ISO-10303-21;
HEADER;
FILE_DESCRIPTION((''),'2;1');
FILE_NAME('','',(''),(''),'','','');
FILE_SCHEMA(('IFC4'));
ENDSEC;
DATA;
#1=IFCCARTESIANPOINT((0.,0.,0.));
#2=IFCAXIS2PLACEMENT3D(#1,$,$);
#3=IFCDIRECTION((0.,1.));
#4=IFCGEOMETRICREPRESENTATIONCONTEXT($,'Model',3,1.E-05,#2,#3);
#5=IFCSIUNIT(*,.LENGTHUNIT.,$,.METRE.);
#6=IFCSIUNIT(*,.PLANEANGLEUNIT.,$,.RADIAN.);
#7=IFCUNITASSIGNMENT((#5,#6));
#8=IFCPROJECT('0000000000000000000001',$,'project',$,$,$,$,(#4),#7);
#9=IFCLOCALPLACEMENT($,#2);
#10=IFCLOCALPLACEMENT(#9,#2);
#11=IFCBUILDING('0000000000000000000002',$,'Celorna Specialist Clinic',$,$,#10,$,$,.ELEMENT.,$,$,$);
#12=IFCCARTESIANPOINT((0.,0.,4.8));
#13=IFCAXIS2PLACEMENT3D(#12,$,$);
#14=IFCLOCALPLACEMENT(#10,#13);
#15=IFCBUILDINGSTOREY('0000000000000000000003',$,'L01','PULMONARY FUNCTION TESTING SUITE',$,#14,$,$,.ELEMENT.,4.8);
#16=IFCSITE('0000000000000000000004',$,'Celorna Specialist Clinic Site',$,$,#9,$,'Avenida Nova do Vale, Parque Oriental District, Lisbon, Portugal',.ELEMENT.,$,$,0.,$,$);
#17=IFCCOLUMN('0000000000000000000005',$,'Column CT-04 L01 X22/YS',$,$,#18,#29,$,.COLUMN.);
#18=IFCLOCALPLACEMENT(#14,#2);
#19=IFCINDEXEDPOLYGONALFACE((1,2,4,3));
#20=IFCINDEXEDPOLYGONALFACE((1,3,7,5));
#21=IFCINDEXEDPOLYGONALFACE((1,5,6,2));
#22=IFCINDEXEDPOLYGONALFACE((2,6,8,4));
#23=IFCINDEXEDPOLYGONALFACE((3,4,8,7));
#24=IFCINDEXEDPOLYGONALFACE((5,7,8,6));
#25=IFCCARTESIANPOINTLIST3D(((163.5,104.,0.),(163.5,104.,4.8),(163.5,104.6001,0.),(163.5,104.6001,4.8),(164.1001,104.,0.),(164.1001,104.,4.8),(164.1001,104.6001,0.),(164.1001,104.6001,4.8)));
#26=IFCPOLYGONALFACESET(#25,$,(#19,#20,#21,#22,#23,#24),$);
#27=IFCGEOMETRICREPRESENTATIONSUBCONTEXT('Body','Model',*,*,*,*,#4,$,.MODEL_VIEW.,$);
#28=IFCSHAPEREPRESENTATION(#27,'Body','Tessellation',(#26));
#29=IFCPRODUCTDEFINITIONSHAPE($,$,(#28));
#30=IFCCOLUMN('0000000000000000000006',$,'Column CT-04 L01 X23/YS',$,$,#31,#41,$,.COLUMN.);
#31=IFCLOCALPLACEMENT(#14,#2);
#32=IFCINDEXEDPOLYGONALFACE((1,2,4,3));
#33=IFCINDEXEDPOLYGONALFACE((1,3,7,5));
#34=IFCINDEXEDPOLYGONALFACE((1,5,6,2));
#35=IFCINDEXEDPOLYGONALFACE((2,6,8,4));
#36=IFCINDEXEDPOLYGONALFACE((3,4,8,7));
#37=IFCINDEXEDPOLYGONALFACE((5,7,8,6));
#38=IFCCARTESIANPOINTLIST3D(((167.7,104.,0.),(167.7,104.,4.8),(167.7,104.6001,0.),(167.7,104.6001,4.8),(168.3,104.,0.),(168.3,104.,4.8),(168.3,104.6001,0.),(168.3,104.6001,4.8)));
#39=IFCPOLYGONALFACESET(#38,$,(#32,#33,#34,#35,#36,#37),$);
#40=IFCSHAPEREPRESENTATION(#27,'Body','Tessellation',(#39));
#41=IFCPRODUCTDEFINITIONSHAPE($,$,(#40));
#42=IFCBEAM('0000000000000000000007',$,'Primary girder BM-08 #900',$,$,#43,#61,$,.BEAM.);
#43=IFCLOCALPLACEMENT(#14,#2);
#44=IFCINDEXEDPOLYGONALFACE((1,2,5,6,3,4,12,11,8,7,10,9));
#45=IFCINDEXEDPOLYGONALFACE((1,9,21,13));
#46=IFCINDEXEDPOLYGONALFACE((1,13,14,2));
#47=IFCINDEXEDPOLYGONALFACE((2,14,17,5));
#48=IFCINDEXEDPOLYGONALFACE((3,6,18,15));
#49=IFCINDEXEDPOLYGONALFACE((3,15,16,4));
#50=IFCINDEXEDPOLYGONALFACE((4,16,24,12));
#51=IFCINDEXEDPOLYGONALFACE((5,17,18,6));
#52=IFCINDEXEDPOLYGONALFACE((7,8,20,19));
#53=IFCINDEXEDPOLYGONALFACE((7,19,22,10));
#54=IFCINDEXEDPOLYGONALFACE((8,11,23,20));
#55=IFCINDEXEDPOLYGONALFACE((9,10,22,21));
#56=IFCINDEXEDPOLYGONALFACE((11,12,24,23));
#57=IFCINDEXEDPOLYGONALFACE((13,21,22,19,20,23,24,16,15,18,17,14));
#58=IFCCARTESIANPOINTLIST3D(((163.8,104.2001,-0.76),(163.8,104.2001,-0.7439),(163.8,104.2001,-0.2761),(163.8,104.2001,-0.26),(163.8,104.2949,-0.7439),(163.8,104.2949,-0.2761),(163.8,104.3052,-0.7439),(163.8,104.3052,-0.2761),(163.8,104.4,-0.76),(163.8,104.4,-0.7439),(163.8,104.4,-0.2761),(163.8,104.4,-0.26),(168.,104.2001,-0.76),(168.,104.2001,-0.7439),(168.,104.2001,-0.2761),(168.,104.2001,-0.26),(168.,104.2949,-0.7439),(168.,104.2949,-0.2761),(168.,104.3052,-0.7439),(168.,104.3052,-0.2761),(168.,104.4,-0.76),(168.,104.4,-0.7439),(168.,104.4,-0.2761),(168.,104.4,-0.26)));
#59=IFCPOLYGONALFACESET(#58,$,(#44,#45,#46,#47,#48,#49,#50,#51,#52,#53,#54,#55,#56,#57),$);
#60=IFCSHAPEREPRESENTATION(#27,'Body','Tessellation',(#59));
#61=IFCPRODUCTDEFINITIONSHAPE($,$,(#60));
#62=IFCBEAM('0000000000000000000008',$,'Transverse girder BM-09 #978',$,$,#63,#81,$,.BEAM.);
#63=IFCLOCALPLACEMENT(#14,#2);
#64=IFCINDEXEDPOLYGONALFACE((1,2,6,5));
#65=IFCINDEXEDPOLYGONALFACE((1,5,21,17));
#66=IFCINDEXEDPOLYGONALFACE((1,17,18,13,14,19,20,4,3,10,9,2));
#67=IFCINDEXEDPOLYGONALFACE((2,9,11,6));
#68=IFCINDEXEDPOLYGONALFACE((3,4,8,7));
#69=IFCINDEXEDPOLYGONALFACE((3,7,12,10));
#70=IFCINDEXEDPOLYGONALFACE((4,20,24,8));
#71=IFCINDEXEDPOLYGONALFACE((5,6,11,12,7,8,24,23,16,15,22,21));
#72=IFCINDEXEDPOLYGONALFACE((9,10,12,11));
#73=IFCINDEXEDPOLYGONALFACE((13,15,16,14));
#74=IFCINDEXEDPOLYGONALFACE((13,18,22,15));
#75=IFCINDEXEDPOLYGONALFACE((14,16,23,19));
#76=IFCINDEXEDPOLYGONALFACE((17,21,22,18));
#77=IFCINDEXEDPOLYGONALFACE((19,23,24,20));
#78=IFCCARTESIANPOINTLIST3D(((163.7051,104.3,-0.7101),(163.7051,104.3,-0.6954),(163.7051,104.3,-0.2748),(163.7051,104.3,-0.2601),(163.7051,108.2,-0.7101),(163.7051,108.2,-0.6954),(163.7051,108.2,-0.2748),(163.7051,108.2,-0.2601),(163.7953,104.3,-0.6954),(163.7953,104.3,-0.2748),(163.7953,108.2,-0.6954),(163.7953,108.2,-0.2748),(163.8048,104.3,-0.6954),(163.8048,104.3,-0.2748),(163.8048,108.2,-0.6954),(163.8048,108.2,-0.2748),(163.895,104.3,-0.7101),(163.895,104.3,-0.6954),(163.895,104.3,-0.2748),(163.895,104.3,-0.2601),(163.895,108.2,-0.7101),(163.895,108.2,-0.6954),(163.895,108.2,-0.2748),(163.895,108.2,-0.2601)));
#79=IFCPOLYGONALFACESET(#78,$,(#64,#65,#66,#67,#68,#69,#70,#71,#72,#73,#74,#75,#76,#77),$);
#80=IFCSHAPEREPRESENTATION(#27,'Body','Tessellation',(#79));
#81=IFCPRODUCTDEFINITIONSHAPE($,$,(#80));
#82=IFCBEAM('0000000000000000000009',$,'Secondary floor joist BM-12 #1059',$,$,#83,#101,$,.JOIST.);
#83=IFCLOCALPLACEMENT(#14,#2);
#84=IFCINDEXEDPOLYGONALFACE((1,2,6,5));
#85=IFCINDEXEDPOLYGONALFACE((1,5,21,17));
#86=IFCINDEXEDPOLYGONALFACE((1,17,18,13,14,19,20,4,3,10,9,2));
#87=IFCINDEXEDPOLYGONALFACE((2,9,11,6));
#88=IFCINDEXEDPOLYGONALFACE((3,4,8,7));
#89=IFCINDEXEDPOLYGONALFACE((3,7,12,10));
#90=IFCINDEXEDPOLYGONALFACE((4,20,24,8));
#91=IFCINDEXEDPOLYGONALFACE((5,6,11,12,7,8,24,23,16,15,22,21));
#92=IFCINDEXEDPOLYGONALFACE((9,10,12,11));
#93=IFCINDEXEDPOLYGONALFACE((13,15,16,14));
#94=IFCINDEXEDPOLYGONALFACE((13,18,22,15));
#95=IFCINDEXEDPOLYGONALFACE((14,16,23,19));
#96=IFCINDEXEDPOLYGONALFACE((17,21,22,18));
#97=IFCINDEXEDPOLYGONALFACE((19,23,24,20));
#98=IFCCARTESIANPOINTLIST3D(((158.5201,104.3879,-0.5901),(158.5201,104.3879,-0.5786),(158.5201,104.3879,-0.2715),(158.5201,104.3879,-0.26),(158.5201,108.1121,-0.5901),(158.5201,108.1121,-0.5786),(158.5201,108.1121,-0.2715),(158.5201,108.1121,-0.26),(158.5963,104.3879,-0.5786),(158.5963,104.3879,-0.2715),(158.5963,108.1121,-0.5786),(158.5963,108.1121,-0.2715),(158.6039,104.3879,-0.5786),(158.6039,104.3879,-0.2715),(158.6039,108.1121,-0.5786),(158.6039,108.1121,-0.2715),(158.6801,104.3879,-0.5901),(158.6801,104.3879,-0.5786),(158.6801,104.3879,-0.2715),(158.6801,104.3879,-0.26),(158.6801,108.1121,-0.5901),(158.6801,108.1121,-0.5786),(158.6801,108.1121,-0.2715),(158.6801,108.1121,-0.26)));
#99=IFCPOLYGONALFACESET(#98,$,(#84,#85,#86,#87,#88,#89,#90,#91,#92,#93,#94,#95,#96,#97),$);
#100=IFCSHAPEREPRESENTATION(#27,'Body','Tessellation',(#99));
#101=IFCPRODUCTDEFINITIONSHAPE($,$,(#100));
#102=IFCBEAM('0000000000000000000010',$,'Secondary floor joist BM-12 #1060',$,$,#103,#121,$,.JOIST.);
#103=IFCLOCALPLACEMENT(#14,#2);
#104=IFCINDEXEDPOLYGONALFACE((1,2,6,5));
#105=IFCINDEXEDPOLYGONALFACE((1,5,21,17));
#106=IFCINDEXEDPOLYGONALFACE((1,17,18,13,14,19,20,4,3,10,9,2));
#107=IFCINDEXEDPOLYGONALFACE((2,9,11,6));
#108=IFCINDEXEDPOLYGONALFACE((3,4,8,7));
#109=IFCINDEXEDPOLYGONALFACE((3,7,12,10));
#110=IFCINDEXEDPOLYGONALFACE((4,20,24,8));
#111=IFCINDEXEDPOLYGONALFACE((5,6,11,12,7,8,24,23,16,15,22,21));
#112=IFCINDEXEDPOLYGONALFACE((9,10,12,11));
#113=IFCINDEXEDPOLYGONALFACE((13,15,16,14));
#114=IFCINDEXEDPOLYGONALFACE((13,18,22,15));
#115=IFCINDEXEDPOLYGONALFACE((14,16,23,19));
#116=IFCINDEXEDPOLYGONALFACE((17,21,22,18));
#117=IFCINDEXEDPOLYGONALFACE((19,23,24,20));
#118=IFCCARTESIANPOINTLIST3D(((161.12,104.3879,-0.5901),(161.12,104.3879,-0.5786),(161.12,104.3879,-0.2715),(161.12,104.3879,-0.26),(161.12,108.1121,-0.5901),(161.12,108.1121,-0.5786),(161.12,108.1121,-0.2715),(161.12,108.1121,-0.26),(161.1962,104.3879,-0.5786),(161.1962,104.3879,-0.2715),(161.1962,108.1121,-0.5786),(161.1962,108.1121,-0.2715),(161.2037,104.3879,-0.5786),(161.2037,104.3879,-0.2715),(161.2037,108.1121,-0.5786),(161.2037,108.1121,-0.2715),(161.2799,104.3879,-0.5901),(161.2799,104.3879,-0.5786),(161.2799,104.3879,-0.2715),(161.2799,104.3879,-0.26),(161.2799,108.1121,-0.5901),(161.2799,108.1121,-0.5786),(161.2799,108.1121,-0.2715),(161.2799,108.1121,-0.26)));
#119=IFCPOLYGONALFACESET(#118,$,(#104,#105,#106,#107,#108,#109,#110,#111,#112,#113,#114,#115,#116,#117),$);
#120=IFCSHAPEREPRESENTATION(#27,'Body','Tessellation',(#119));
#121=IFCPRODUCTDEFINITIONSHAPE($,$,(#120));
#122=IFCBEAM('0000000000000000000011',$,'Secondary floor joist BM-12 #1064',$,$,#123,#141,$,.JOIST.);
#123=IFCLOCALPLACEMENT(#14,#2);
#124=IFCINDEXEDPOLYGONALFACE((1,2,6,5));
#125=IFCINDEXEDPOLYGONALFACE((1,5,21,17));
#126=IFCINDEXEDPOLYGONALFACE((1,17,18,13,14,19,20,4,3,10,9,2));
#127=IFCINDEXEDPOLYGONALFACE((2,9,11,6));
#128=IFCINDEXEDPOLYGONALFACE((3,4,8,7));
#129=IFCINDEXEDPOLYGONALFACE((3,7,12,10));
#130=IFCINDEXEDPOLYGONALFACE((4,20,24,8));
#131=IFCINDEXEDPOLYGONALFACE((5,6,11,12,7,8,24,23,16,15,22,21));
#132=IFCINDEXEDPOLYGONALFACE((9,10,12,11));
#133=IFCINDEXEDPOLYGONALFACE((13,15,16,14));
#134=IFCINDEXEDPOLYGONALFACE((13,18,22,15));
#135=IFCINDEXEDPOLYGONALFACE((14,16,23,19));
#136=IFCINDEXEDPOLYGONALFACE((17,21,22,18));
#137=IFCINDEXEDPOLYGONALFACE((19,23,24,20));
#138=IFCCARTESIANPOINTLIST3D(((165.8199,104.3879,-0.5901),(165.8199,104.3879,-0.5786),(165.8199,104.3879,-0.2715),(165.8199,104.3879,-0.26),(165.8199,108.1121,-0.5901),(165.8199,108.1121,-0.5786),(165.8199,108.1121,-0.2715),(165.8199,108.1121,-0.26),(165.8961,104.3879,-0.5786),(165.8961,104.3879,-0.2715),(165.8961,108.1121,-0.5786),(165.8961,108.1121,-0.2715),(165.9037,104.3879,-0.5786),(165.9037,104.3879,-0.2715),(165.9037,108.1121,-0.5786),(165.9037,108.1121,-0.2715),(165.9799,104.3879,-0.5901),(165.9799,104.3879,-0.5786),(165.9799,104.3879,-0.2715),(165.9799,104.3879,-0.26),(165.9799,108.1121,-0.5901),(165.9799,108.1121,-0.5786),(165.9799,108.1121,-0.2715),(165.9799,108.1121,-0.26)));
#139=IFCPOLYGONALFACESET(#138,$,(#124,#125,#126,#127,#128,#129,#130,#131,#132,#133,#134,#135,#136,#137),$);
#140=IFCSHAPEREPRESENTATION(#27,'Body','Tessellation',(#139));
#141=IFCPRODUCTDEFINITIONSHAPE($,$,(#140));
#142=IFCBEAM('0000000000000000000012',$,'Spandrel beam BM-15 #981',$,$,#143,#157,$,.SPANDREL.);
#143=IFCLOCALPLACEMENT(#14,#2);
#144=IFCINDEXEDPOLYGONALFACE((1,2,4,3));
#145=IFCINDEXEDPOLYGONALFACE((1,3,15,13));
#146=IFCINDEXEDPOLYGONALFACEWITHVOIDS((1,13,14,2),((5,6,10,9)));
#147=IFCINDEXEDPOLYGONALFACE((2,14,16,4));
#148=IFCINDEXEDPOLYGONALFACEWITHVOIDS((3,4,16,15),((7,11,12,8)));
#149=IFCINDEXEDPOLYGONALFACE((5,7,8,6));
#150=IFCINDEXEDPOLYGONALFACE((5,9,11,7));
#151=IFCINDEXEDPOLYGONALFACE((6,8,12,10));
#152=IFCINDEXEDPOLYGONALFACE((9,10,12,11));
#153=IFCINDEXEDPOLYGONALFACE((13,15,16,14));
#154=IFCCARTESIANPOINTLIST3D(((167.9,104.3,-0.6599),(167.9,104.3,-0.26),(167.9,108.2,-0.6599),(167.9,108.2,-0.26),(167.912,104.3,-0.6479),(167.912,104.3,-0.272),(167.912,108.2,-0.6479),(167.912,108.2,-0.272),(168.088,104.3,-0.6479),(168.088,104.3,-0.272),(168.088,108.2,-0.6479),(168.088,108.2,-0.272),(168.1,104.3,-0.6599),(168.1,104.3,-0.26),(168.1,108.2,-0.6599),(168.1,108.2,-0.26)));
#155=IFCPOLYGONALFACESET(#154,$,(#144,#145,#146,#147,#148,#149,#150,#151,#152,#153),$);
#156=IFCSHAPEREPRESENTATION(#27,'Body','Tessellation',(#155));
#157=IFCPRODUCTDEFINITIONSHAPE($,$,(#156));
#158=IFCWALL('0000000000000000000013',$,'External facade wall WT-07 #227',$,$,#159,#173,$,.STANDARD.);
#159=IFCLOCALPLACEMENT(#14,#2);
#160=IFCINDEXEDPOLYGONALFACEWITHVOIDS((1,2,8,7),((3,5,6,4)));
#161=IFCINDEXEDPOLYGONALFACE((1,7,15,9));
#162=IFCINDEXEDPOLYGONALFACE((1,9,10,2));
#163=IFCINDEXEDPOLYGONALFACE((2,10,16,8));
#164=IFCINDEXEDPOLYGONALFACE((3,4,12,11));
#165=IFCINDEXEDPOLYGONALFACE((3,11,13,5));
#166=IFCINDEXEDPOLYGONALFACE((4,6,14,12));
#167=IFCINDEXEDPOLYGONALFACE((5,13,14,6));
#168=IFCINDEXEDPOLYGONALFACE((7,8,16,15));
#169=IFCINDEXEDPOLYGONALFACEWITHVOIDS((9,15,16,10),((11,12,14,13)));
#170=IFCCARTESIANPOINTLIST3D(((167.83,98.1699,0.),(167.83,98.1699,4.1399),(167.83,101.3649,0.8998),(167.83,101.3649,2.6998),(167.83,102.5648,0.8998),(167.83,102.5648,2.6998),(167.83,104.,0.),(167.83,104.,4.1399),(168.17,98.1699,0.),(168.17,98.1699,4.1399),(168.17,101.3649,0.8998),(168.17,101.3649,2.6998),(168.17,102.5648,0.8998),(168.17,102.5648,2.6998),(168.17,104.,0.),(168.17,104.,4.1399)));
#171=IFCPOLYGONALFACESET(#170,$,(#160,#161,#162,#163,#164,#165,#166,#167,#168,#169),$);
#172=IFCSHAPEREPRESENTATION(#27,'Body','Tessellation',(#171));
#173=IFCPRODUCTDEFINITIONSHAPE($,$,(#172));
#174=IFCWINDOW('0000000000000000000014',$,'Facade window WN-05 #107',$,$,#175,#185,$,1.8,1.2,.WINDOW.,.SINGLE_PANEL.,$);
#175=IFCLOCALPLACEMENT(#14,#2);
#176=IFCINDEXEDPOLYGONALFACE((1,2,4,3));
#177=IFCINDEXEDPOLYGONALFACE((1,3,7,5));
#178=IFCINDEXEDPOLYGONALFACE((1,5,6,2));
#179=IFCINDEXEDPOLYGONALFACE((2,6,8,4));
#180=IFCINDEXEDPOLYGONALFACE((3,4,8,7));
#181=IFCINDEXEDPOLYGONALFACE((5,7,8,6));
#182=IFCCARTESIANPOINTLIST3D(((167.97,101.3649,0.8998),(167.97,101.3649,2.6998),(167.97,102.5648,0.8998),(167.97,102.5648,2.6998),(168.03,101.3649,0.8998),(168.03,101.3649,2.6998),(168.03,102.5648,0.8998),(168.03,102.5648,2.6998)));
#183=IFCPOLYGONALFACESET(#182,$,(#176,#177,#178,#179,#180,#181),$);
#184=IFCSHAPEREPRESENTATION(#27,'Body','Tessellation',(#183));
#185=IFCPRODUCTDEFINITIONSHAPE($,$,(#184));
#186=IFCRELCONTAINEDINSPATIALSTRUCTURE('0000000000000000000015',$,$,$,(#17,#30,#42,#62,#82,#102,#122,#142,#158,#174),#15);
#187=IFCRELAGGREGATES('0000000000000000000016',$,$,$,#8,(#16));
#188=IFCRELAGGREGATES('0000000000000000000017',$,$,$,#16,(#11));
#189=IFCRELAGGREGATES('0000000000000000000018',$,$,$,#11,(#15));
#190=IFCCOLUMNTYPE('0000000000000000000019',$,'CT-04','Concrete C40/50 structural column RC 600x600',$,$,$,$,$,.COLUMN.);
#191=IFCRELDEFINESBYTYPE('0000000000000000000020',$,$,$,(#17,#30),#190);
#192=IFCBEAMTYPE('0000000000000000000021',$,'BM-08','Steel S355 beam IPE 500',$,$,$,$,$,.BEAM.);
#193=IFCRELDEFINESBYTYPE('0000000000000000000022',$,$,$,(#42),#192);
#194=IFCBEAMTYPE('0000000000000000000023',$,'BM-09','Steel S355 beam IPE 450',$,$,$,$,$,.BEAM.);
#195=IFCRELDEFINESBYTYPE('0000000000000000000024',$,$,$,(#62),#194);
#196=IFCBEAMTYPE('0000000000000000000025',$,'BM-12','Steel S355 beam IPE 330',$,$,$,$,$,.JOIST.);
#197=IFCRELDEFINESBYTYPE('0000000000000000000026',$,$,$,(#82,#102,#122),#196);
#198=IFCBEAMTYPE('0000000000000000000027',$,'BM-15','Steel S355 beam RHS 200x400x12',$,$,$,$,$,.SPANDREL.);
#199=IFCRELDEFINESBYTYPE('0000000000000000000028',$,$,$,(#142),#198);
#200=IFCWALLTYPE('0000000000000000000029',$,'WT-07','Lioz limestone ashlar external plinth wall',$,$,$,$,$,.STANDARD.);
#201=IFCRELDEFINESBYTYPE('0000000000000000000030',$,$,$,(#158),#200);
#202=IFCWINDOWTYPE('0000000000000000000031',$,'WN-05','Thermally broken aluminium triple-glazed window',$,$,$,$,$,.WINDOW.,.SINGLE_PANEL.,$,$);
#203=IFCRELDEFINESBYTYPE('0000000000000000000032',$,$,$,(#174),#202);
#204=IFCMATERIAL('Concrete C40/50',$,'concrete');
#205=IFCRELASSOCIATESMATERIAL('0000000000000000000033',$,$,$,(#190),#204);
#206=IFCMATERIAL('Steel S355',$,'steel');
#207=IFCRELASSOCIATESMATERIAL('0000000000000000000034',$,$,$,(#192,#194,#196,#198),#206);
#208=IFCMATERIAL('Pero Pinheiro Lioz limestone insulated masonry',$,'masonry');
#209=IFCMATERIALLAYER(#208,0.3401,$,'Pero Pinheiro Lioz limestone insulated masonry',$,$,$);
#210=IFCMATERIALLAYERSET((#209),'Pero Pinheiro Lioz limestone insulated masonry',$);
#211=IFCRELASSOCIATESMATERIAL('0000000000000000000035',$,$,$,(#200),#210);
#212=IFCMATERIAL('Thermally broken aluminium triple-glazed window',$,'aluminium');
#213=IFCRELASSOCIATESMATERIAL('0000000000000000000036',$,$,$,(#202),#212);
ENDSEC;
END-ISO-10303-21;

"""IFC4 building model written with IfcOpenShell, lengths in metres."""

from ifc_helpers import new_model, si_unit, direction, frame, frame_2d, origin, origin_2d, place, context, subcontext, project, spatial, rectangle, hollow_rectangle, i_section, extrude, material, layer, layer_set, material_profile, profile_set, type_object, element, fill, save


model = new_model("IFC4")

# Units and contexts
model_context = context("Model", 3, precision=1e-05, world=origin(), true_north=direction((0.0, 1.0)))
body_context = subcontext(model_context, "Body", "Model", "MODEL_VIEW")
ifc_project = project(units=[si_unit("LENGTHUNIT", "METRE"), si_unit("PLANEANGLEUNIT", "RADIAN")], contexts=[model_context])

# Site, building, storey
site_placement = place(None, origin())
site = spatial("IfcSite", under=ifc_project, at=site_placement, Name="Celorna Specialist Clinic Site", LongName="Avenida Nova do Vale, Parque Oriental District, Lisbon, Portugal", CompositionType="ELEMENT", RefElevation=0.0)
building_placement = place(site_placement, origin())
building = spatial("IfcBuilding", under=site, at=building_placement, Name="Celorna Specialist Clinic", CompositionType="ELEMENT")
storey_placement = place(building_placement, frame((0.0, 0.0, 4.8)))
storey = spatial("IfcBuildingStorey", under=building, at=storey_placement, Name="L01", Description="PULMONARY FUNCTION TESTING SUITE", CompositionType="ELEMENT", Elevation=4.8)

# Columns
ifc_material_1 = material(Name="Concrete C40/50", Category="concrete")
ifc_material_profile_1 = material_profile(ifc_material_1, rectangle(XDim=0.6001, YDim=0.6001, at=origin_2d()), Name="RC 600x600")
ifc_profile_set_1 = profile_set([ifc_material_profile_1], Name="Concrete C40/50")
column_type = type_object("IfcColumnType", Name="CT-04", Description="Concrete C40/50 structural column RC 600x600", PredefinedType="COLUMN", material=ifc_profile_set_1)
for number, where, z_axis, x_axis, name in (
    (1, (163.8, 104.3, 0.0), (0.0, 0.0, 1.0), (1.0, 0.0, 0.0), "Column CT-04 L01 X22/YS"),
    (2, (168.0, 104.3, 0.0), (0.0, 0.0, 1.0), (1.0, 0.0, 0.0), "Column CT-04 L01 X23/YS"),
):
    element("IfcColumn", number, at=place(storey_placement, frame(where, z_axis=z_axis, x_axis=x_axis)), inside=storey, type_object=column_type, Name=name, PredefinedType="COLUMN", context=body_context, shape_type="SweptSolid", body=[
        extrude(rectangle(XDim=0.6001, YDim=0.6001, at=origin_2d()), origin(), (0.0, 0.0, 1.0), 4.8),
    ])

# Beams
ifc_material_2 = material(Name="Steel S355", Category="steel")
ifc_material_profile_2 = material_profile(ifc_material_2, i_section(OverallWidth=0.2, OverallDepth=0.5, WebThickness=0.0103, FlangeThickness=0.0161, at=origin_2d()), Name="IPE 500")
ifc_profile_set_2 = profile_set([ifc_material_profile_2], Name="Steel S355")
beam_type_1 = type_object("IfcBeamType", Name="BM-08", Description="Steel S355 beam IPE 500", PredefinedType="BEAM", material=ifc_profile_set_2)
beam_1_placement = place(storey_placement, frame((163.8, 104.3, -0.51), z_axis=(1.0, 0.0, 0.0), x_axis=(0.0, 1.0, 0.0)))
element("IfcBeam", 3, at=beam_1_placement, inside=storey, type_object=beam_type_1, Name="Primary girder BM-08 #900", PredefinedType="BEAM", context=body_context, shape_type="SweptSolid", body=[
    extrude(i_section(OverallWidth=0.2, OverallDepth=0.5, WebThickness=0.0103, FlangeThickness=0.0161, at=origin_2d()), origin(), (0.0, 0.0, 1.0), 4.2),
])
ifc_material_profile_3 = material_profile(ifc_material_2, i_section(OverallWidth=0.1899, OverallDepth=0.45, WebThickness=0.0095, FlangeThickness=0.0146, at=origin_2d()), Name="IPE 450")
ifc_profile_set_3 = profile_set([ifc_material_profile_3], Name="Steel S355")
beam_type_2 = type_object("IfcBeamType", Name="BM-09", Description="Steel S355 beam IPE 450", PredefinedType="BEAM", material=ifc_profile_set_3)
beam_2_placement = place(storey_placement, frame((163.8, 104.3, -0.4851), z_axis=(0.0, 1.0, 0.0), x_axis=(-1.0, 0.0, 0.0)))
element("IfcBeam", 4, at=beam_2_placement, inside=storey, type_object=beam_type_2, Name="Transverse girder BM-09 #978", PredefinedType="BEAM", context=body_context, shape_type="SweptSolid", body=[
    extrude(i_section(OverallWidth=0.1899, OverallDepth=0.45, WebThickness=0.0095, FlangeThickness=0.0146, at=origin_2d()), origin(), (0.0, 0.0, 1.0), 3.8999),
])
ifc_material_profile_4 = material_profile(ifc_material_2, i_section(OverallWidth=0.1599, OverallDepth=0.3301, WebThickness=0.0076, FlangeThickness=0.0115, at=origin_2d()), Name="IPE 330")
ifc_profile_set_4 = profile_set([ifc_material_profile_4], Name="Steel S355")
beam_type_3 = type_object("IfcBeamType", Name="BM-12", Description="Steel S355 beam IPE 330", PredefinedType="JOIST", material=ifc_profile_set_4)
for number, where, z_axis, x_axis, name in (
    (5, (158.6001, 104.3879, -0.425), (0.0, 1.0, 0.0), (-1.0, 0.0, 0.0), "Secondary floor joist BM-12 #1059"),
    (6, (161.2, 104.3879, -0.425), (0.0, 1.0, 0.0), (-1.0, 0.0, 0.0), "Secondary floor joist BM-12 #1060"),
    (7, (165.8999, 104.3879, -0.425), (0.0, 1.0, 0.0), (-1.0, 0.0, 0.0), "Secondary floor joist BM-12 #1064"),
):
    element("IfcBeam", number, at=place(storey_placement, frame(where, z_axis=z_axis, x_axis=x_axis)), inside=storey, type_object=beam_type_3, Name=name, PredefinedType="JOIST", context=body_context, shape_type="SweptSolid", body=[
        extrude(i_section(OverallWidth=0.1599, OverallDepth=0.3301, WebThickness=0.0076, FlangeThickness=0.0115, at=origin_2d()), origin(), (0.0, 0.0, 1.0), 3.7241),
    ])
ifc_material_profile_5 = material_profile(ifc_material_2, hollow_rectangle(XDim=0.2, YDim=0.3999, WallThickness=0.012, at=origin_2d()), Name="RHS 200x400x12")
ifc_profile_set_5 = profile_set([ifc_material_profile_5], Name="Steel S355")
beam_type_4 = type_object("IfcBeamType", Name="BM-15", Description="Steel S355 beam RHS 200x400x12", PredefinedType="SPANDREL", material=ifc_profile_set_5)
beam_3_placement = place(storey_placement, frame((168.0, 104.3, -0.46), z_axis=(0.0, 1.0, 0.0), x_axis=(-1.0, 0.0, 0.0)))
element("IfcBeam", 8, at=beam_3_placement, inside=storey, type_object=beam_type_4, Name="Spandrel beam BM-15 #981", PredefinedType="SPANDREL", context=body_context, shape_type="SweptSolid", body=[
    extrude(hollow_rectangle(XDim=0.2, YDim=0.3999, WallThickness=0.012, at=origin_2d()), origin(), (0.0, 0.0, 1.0), 3.8999),
])

# Wall, opening, window
ifc_material_3 = material(Name="Pero Pinheiro Lioz limestone insulated masonry", Category="masonry")
ifc_layer_1 = layer(ifc_material_3, 0.3401, Name="Pero Pinheiro Lioz limestone insulated masonry")
ifc_layer_set_1 = layer_set([ifc_layer_1], Name="Pero Pinheiro Lioz limestone insulated masonry")
wall_type_1 = type_object("IfcWallType", Name="WT-07", Description="Lioz limestone ashlar external plinth wall", PredefinedType="STANDARD", material=ifc_layer_set_1)
wall_1_placement = place(storey_placement, frame((168.0, 104.0, 0.0), z_axis=(0.0, 0.0, 1.0), x_axis=(0.0, -1.0, 0.0)))
wall_1 = element("IfcWall", 9, at=wall_1_placement, inside=storey, type_object=wall_type_1, Name="External facade wall WT-07 #227", PredefinedType="STANDARD", context=body_context, shape_type="SweptSolid", body=[
    extrude(rectangle(XDim=5.8301, YDim=0.3401, at=frame_2d((2.915, 0.0))), origin(), (0.0, 0.0, 1.0), 4.1399),
])
opening_1_placement = place(wall_1_placement, frame((1.4351, 0.0, 0.8999)))
opening_1 = element("IfcOpeningElement", 10, at=opening_1_placement, cuts=wall_1, PredefinedType="OPENING", context=body_context, shape_type="SweptSolid", body=[
    extrude(rectangle(XDim=1.2, YDim=1.8, at=frame_2d((0.6001, 0.8999))), frame((0.0, 0.1799, 0.0), z_axis=(0.0, -1.0, 0.0), x_axis=(1.0, 0.0, 0.0)), (0.0, 0.0, 1.0), 0.3601),
])
ifc_material_4 = material(Name="Thermally broken aluminium triple-glazed window", Category="aluminium")
window_type_1 = type_object("IfcWindowType", Name="WN-05", Description="Thermally broken aluminium triple-glazed window", PartitioningType="SINGLE_PANEL", PredefinedType="WINDOW", material=ifc_material_4)
window_1_placement = place(opening_1_placement, origin())
window_1 = element("IfcWindow", 11, at=window_1_placement, inside=storey, type_object=window_type_1, Name="Facade window WN-05 #107", OverallHeight=1.8, OverallWidth=1.2, PartitioningType="SINGLE_PANEL", PredefinedType="WINDOW", context=body_context, shape_type="SweptSolid", body=[
    extrude(rectangle(XDim=1.2, YDim=1.8, at=frame_2d((0.6001, 0.8999))), frame((0.0, 0.03, 0.0), z_axis=(0.0, -1.0, 0.0), x_axis=(1.0, 0.0, 0.0)), (0.0, 0.0, 1.0), 0.0601),
])
fill(opening_1, window_1)

save(model, "model.ifc")
